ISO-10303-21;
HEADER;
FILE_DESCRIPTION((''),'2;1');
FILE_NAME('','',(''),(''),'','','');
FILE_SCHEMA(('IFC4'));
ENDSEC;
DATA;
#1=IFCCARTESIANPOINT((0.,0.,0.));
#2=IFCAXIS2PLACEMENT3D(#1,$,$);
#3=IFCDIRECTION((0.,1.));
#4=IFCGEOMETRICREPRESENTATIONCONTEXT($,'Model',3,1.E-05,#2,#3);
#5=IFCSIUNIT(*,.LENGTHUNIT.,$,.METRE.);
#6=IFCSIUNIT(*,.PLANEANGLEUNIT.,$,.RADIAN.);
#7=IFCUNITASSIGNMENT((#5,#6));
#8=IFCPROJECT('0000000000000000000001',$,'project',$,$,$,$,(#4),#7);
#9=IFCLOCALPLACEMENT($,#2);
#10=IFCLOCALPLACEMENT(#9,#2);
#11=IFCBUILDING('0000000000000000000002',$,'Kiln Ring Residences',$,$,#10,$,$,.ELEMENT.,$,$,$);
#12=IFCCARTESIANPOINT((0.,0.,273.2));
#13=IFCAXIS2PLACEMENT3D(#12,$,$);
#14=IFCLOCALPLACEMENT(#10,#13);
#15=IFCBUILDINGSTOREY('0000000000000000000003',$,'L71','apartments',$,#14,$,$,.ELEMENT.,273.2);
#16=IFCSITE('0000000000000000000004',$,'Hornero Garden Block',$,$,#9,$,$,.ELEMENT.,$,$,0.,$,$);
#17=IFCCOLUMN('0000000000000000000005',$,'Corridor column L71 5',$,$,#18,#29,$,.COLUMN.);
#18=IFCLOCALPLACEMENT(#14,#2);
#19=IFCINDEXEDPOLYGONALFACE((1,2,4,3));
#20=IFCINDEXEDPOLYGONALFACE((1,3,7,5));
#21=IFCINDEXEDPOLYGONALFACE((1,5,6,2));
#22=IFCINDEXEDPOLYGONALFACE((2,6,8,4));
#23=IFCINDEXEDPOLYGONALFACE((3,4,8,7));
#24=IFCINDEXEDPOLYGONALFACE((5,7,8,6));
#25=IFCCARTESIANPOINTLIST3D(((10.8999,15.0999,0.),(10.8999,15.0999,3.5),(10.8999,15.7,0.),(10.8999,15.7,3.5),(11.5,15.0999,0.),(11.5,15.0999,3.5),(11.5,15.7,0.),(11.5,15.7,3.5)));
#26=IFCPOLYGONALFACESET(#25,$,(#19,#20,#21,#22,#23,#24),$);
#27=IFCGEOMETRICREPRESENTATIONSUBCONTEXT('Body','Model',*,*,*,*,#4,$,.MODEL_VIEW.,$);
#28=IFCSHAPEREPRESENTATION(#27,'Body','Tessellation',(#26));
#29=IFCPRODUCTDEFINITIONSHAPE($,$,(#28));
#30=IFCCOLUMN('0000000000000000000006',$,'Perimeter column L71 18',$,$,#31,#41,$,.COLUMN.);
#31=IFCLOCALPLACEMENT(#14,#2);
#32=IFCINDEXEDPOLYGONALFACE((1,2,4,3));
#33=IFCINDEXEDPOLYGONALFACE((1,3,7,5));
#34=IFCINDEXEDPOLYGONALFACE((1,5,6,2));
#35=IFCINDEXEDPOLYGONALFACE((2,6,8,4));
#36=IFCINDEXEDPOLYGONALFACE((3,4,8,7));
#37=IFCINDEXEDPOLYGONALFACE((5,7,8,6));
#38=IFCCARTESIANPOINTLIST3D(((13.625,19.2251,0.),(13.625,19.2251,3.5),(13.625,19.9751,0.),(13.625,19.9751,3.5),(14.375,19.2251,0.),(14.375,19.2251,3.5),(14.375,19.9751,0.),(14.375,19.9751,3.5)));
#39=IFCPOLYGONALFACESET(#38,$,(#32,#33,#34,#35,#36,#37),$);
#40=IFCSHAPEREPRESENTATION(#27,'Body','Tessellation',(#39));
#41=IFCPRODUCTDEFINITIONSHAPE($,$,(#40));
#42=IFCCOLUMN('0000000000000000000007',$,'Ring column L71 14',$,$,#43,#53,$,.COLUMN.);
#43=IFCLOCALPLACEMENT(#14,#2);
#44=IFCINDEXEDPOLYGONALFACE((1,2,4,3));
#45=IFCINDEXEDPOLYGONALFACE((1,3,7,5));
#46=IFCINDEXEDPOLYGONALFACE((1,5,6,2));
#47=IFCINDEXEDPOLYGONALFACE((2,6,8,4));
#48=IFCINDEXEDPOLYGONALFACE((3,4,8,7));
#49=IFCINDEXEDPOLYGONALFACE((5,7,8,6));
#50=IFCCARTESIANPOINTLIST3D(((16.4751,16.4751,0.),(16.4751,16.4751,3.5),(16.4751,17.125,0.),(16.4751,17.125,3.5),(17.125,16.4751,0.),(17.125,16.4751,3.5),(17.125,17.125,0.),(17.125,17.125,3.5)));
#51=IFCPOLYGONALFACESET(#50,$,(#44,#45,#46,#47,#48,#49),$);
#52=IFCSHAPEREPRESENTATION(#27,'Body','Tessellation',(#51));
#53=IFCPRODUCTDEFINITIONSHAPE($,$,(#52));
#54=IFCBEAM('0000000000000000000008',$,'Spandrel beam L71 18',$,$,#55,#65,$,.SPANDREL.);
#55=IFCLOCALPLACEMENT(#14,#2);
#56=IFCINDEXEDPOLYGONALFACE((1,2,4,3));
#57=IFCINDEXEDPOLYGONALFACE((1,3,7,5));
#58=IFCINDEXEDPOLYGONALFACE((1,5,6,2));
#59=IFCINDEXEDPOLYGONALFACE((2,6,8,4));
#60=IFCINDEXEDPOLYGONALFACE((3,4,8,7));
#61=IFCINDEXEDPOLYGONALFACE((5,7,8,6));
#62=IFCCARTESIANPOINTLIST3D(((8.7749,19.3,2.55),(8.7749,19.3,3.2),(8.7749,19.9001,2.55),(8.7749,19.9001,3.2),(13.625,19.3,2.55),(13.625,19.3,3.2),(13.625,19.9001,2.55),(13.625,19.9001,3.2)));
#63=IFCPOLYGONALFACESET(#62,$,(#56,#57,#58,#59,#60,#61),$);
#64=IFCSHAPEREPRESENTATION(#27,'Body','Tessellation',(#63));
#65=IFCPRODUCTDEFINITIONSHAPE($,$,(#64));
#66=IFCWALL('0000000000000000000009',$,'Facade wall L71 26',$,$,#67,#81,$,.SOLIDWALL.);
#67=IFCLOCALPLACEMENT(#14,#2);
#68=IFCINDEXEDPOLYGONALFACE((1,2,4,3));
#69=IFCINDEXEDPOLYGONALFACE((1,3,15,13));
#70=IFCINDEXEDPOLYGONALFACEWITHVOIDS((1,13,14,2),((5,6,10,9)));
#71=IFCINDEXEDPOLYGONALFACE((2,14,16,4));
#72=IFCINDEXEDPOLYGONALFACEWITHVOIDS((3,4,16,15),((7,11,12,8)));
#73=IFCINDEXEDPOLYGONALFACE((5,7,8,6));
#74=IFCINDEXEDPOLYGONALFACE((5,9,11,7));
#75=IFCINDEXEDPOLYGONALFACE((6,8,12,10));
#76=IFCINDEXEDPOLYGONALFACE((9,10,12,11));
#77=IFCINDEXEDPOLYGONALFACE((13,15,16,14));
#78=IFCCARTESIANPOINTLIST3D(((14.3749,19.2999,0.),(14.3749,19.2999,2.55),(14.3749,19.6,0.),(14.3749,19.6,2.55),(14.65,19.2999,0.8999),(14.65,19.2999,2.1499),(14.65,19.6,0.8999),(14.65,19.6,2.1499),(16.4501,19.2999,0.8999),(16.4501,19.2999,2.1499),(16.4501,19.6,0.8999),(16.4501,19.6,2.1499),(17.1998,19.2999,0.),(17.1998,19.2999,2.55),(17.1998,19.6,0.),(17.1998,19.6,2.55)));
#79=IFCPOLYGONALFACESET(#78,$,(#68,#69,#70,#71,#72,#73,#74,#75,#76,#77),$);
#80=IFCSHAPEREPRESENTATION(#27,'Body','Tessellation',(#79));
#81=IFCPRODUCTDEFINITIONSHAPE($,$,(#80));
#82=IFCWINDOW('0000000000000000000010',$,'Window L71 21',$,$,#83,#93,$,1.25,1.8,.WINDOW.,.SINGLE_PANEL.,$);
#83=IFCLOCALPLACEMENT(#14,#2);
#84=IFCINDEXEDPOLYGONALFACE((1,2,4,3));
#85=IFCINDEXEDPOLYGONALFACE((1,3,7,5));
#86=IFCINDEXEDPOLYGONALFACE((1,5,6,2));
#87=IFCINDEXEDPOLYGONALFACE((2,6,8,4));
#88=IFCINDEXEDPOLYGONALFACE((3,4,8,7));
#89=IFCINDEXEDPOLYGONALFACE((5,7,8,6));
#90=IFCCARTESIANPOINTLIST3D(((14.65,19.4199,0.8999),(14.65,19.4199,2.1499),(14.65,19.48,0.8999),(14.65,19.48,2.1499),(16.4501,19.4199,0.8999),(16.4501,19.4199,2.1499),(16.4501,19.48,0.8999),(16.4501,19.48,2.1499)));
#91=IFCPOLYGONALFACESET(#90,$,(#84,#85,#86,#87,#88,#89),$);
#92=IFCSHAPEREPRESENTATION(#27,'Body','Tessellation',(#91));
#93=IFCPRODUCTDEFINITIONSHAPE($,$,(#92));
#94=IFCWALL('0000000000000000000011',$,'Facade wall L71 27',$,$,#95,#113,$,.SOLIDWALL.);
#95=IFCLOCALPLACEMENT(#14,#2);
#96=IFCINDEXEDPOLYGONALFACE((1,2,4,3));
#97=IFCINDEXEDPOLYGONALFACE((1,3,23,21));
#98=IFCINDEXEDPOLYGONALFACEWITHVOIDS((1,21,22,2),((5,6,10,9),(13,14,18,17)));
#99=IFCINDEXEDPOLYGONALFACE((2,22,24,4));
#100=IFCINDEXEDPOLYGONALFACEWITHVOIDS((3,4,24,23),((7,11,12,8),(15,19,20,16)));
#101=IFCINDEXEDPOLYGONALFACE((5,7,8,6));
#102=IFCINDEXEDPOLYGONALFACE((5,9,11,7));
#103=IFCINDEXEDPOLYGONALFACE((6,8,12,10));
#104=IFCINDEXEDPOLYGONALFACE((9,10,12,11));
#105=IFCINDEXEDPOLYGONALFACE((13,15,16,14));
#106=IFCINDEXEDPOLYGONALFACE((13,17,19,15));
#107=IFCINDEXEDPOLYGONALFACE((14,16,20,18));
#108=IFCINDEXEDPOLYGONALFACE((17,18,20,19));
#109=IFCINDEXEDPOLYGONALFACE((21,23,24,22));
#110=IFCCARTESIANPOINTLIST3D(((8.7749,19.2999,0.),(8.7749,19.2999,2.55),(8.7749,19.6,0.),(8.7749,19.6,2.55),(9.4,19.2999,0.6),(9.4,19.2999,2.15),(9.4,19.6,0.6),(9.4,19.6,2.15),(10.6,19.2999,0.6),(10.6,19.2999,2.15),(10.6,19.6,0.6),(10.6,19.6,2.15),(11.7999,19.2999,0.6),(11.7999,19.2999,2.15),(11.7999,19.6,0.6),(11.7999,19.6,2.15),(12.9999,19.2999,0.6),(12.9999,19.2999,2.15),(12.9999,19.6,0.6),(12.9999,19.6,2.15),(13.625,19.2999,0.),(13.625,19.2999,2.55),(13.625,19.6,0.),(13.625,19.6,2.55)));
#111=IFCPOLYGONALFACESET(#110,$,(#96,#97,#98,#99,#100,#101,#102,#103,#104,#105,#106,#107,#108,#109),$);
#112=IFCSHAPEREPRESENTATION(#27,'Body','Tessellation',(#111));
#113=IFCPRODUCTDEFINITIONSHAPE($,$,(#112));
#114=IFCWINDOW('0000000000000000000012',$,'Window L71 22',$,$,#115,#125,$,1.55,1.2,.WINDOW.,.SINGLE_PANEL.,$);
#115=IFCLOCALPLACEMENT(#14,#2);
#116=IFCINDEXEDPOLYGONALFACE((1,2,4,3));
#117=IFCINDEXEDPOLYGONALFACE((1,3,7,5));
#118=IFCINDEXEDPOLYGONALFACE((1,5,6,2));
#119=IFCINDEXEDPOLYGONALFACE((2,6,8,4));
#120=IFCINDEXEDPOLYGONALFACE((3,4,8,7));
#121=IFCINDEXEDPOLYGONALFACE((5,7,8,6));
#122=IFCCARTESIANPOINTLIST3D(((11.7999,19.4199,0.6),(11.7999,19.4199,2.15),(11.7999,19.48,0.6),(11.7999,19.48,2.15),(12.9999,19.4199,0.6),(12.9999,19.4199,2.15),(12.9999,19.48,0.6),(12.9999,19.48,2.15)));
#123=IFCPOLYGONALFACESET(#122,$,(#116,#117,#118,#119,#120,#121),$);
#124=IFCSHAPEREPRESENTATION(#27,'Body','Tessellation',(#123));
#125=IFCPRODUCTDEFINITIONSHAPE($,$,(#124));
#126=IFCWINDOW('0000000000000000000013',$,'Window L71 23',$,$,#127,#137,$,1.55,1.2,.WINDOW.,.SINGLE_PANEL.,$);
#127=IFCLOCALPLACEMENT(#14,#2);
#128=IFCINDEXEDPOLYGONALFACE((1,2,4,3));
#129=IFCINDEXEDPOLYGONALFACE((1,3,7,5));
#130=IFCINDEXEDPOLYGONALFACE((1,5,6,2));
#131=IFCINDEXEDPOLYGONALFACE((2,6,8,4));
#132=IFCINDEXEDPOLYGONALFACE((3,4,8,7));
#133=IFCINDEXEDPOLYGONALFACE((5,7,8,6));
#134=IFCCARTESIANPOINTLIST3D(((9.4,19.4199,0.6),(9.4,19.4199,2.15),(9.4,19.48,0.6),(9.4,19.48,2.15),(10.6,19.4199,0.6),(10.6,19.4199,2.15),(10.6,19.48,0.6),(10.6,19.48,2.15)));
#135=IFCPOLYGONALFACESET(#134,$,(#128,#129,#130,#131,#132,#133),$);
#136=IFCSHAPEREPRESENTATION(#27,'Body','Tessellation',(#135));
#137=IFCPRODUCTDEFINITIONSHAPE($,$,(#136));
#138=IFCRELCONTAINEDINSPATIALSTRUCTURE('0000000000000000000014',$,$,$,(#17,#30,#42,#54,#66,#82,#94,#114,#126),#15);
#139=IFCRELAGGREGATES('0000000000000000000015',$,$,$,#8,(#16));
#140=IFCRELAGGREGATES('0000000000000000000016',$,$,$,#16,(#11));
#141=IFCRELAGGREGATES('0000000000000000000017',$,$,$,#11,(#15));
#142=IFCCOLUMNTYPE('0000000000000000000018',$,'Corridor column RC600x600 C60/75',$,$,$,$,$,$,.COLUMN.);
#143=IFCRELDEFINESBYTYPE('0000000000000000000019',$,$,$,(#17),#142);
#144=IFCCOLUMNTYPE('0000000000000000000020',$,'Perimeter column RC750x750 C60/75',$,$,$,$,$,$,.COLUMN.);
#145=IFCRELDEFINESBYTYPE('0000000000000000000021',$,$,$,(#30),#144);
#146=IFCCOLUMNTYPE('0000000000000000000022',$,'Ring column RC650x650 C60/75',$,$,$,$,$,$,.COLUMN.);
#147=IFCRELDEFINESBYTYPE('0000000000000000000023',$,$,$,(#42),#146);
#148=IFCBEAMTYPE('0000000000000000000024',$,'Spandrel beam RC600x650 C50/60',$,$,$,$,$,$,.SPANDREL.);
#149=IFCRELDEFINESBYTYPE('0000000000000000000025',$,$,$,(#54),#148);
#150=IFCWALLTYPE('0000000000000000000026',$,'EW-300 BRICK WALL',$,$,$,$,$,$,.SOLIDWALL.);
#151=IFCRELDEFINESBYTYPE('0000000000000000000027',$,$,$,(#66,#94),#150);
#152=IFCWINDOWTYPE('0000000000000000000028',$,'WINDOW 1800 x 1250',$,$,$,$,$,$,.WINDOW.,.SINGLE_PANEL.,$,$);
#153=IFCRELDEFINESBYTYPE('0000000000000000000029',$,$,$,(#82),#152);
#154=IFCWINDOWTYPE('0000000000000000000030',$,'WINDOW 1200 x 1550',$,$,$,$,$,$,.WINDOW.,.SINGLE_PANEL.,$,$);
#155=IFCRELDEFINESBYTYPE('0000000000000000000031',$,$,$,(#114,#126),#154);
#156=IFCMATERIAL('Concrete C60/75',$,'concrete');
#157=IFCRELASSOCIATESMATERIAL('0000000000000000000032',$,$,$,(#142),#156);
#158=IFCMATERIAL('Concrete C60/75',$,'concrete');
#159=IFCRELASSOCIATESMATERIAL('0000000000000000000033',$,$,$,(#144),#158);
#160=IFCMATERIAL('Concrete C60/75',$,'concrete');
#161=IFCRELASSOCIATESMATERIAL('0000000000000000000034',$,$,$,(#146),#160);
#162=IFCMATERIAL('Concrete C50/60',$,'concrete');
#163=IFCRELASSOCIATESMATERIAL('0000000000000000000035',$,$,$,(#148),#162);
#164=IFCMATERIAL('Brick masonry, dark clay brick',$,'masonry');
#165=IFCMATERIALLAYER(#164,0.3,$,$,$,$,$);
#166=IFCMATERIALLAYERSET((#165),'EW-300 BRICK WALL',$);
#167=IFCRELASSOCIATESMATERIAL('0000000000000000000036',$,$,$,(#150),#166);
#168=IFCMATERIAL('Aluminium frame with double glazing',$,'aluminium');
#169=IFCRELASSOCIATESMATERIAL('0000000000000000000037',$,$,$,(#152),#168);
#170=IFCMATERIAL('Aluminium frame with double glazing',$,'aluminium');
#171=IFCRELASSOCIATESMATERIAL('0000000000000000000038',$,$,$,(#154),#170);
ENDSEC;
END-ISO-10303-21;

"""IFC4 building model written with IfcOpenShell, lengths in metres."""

from ifc_helpers import new_model, si_unit, direction, frame, frame_2d, origin, origin_2d, place, context, subcontext, project, spatial, rectangle, extrude, material, layer, layer_set, material_profile, profile_set, type_object, element, fill, save


model = new_model("IFC4")

# Units and contexts
model_context = context("Model", 3, precision=1e-05, world=origin(), true_north=direction((0.0, 1.0)))
body_context = subcontext(model_context, "Body", "Model", "MODEL_VIEW")
ifc_project = project(units=[si_unit("LENGTHUNIT", "METRE"), si_unit("PLANEANGLEUNIT", "RADIAN")], contexts=[model_context])

# Site, building, storey
site_placement = place(None, origin())
site = spatial("IfcSite", under=ifc_project, at=site_placement, Name="Hornero Garden Block", CompositionType="ELEMENT", RefElevation=0.0)
building_placement = place(site_placement, origin())
building = spatial("IfcBuilding", under=site, at=building_placement, Name="Kiln Ring Residences", CompositionType="ELEMENT")
storey_placement = place(building_placement, frame((0.0, 0.0, 273.2)))
storey = spatial("IfcBuildingStorey", under=building, at=storey_placement, Name="L71", Description="apartments", CompositionType="ELEMENT", Elevation=273.2)

# Columns
ifc_material_1 = material(Name="Concrete C60/75", Category="concrete")
ifc_material_profile_1 = material_profile(ifc_material_1, rectangle(XDim=0.6001, YDim=0.6001, at=origin_2d()), Name="RC600x600")
ifc_profile_set_1 = profile_set([ifc_material_profile_1], Name="Concrete C60/75")
column_type_1 = type_object("IfcColumnType", Name="Corridor column RC600x600 C60/75", PredefinedType="COLUMN", material=ifc_profile_set_1)
column_1_placement = place(storey_placement, frame((11.2, 15.3999, 0.0), z_axis=(0.0, 0.0, 1.0), x_axis=(1.0, 0.0, 0.0)))
element("IfcColumn", 1, at=column_1_placement, inside=storey, type_object=column_type_1, Name="Corridor column L71 5", PredefinedType="COLUMN", context=body_context, shape_type="SweptSolid", body=[
    extrude(rectangle(XDim=0.6001, YDim=0.6001, at=origin_2d()), origin(), (0.0, 0.0, 1.0), 3.5),
])
ifc_material_2 = material(Name="Concrete C60/75", Category="concrete")
ifc_material_profile_2 = material_profile(ifc_material_2, rectangle(XDim=0.75, YDim=0.75, at=origin_2d()), Name="RC750x750")
ifc_profile_set_2 = profile_set([ifc_material_profile_2], Name="Concrete C60/75")
column_type_2 = type_object("IfcColumnType", Name="Perimeter column RC750x750 C60/75", PredefinedType="COLUMN", material=ifc_profile_set_2)
column_2_placement = place(storey_placement, frame((14.0, 19.6001, 0.0), z_axis=(0.0, 0.0, 1.0), x_axis=(1.0, 0.0, 0.0)))
element("IfcColumn", 2, at=column_2_placement, inside=storey, type_object=column_type_2, Name="Perimeter column L71 18", PredefinedType="COLUMN", context=body_context, shape_type="SweptSolid", body=[
    extrude(rectangle(XDim=0.75, YDim=0.75, at=origin_2d()), origin(), (0.0, 0.0, 1.0), 3.5),
])
ifc_material_3 = material(Name="Concrete C60/75", Category="concrete")
ifc_material_profile_3 = material_profile(ifc_material_3, rectangle(XDim=0.6499, YDim=0.6499, at=origin_2d()), Name="RC650x650")
ifc_profile_set_3 = profile_set([ifc_material_profile_3], Name="Concrete C60/75")
column_type_3 = type_object("IfcColumnType", Name="Ring column RC650x650 C60/75", PredefinedType="COLUMN", material=ifc_profile_set_3)
column_3_placement = place(storey_placement, frame((16.8, 16.8, 0.0), z_axis=(0.0, 0.0, 1.0), x_axis=(1.0, 0.0, 0.0)))
element("IfcColumn", 3, at=column_3_placement, inside=storey, type_object=column_type_3, Name="Ring column L71 14", PredefinedType="COLUMN", context=body_context, shape_type="SweptSolid", body=[
    extrude(rectangle(XDim=0.6499, YDim=0.6499, at=origin_2d()), origin(), (0.0, 0.0, 1.0), 3.5),
])

# Beam
ifc_material_4 = material(Name="Concrete C50/60", Category="concrete")
ifc_material_profile_4 = material_profile(ifc_material_4, rectangle(XDim=0.6001, YDim=0.6499, at=origin_2d()), Name="RC600x650")
ifc_profile_set_4 = profile_set([ifc_material_profile_4], Name="Concrete C50/60")
beam_type = type_object("IfcBeamType", Name="Spandrel beam RC600x650 C50/60", PredefinedType="SPANDREL", material=ifc_profile_set_4)
beam_placement = place(storey_placement, frame((13.625, 19.6001, 2.875), z_axis=(-1.0, 0.0, 0.0), x_axis=(0.0, -1.0, 0.0)))
element("IfcBeam", 4, at=beam_placement, inside=storey, type_object=beam_type, Name="Spandrel beam L71 18", PredefinedType="SPANDREL", context=body_context, shape_type="SweptSolid", body=[
    extrude(rectangle(XDim=0.6001, YDim=0.6499, at=origin_2d()), origin(), (0.0, 0.0, 1.0), 4.8501),
])

# Wall, opening, window
ifc_material_5 = material(Name="Brick masonry, dark clay brick", Category="masonry")
ifc_layer_1 = layer(ifc_material_5, 0.3)
ifc_layer_set_1 = layer_set([ifc_layer_1], Name="EW-300 BRICK WALL")
wall_type_1 = type_object("IfcWallType", Name="EW-300 BRICK WALL", PredefinedType="SOLIDWALL", material=ifc_layer_set_1)
wall_1_placement = place(storey_placement, frame((17.2, 19.45, 0.0), z_axis=(0.0, 0.0, 1.0), x_axis=(-1.0, 0.0, 0.0)))
wall_1 = element("IfcWall", 5, at=wall_1_placement, inside=storey, type_object=wall_type_1, Name="Facade wall L71 26", PredefinedType="SOLIDWALL", context=body_context, shape_type="SweptSolid", body=[
    extrude(rectangle(XDim=2.825, YDim=0.3, at=frame_2d((1.4126, 0.0))), origin(), (0.0, 0.0, 1.0), 2.55),
])
opening_1_placement = place(wall_1_placement, frame((0.75, 0.0, 0.8999)))
opening_1 = element("IfcOpeningElement", 6, at=opening_1_placement, cuts=wall_1, PredefinedType="OPENING", context=body_context, shape_type="SweptSolid", body=[
    extrude(rectangle(XDim=1.8, YDim=1.25, at=frame_2d((0.8999, 0.625))), frame((0.0, 0.1599, 0.0), z_axis=(0.0, -1.0, 0.0), x_axis=(1.0, 0.0, 0.0)), (0.0, 0.0, 1.0), 0.3201),
])
ifc_material_6 = material(Name="Aluminium frame with double glazing", Category="aluminium")
window_type_1 = type_object("IfcWindowType", Name="WINDOW 1800 x 1250", PartitioningType="SINGLE_PANEL", PredefinedType="WINDOW", material=ifc_material_6)
window_1_placement = place(opening_1_placement, origin())
window_1 = element("IfcWindow", 7, at=window_1_placement, inside=storey, type_object=window_type_1, Name="Window L71 21", OverallHeight=1.25, OverallWidth=1.8, PartitioningType="SINGLE_PANEL", PredefinedType="WINDOW", context=body_context, shape_type="SweptSolid", body=[
    extrude(rectangle(XDim=1.8, YDim=1.25, at=frame_2d((0.8999, 0.625))), frame((0.0, 0.03, 0.0), z_axis=(0.0, -1.0, 0.0), x_axis=(1.0, 0.0, 0.0)), (0.0, 0.0, 1.0), 0.0601),
])
fill(opening_1, window_1)

# Wall, openings, windows
wall_2_placement = place(storey_placement, frame((13.625, 19.45, 0.0), z_axis=(0.0, 0.0, 1.0), x_axis=(-1.0, 0.0, 0.0)))
wall_2 = element("IfcWall", 8, at=wall_2_placement, inside=storey, type_object=wall_type_1, Name="Facade wall L71 27", PredefinedType="SOLIDWALL", context=body_context, shape_type="SweptSolid", body=[
    extrude(rectangle(XDim=4.8501, YDim=0.3, at=frame_2d((2.425, 0.0))), origin(), (0.0, 0.0, 1.0), 2.55),
])
opening_2_placement = place(wall_2_placement, frame((0.625, 0.0, 0.6001)))
opening_2 = element("IfcOpeningElement", 9, at=opening_2_placement, cuts=wall_2, PredefinedType="OPENING", context=body_context, shape_type="SweptSolid", body=[
    extrude(rectangle(XDim=1.2, YDim=1.55, at=frame_2d((0.6001, 0.7749))), frame((0.0, 0.1599, 0.0), z_axis=(0.0, -1.0, 0.0), x_axis=(1.0, 0.0, 0.0)), (0.0, 0.0, 1.0), 0.3201),
])
opening_3_placement = place(wall_2_placement, frame((3.0249, 0.0, 0.6001)))
opening_3 = element("IfcOpeningElement", 10, at=opening_3_placement, cuts=wall_2, PredefinedType="OPENING", context=body_context, shape_type="SweptSolid", body=[
    extrude(rectangle(XDim=1.2, YDim=1.55, at=frame_2d((0.6001, 0.7749))), frame((0.0, 0.1599, 0.0), z_axis=(0.0, -1.0, 0.0), x_axis=(1.0, 0.0, 0.0)), (0.0, 0.0, 1.0), 0.3201),
])
ifc_material_7 = material(Name="Aluminium frame with double glazing", Category="aluminium")
window_type_2 = type_object("IfcWindowType", Name="WINDOW 1200 x 1550", PartitioningType="SINGLE_PANEL", PredefinedType="WINDOW", material=ifc_material_7)
window_2_placement = place(opening_2_placement, origin())
window_2 = element("IfcWindow", 11, at=window_2_placement, inside=storey, type_object=window_type_2, Name="Window L71 22", OverallHeight=1.55, OverallWidth=1.2, PartitioningType="SINGLE_PANEL", PredefinedType="WINDOW", context=body_context, shape_type="SweptSolid", body=[
    extrude(rectangle(XDim=1.2, YDim=1.55, at=frame_2d((0.6001, 0.7749))), frame((0.0, 0.03, 0.0), z_axis=(0.0, -1.0, 0.0), x_axis=(1.0, 0.0, 0.0)), (0.0, 0.0, 1.0), 0.0601),
])
fill(opening_2, window_2)
window_3_placement = place(opening_3_placement, origin())
window_3 = element("IfcWindow", 12, at=window_3_placement, inside=storey, type_object=window_type_2, Name="Window L71 23", OverallHeight=1.55, OverallWidth=1.2, PartitioningType="SINGLE_PANEL", PredefinedType="WINDOW", context=body_context, shape_type="SweptSolid", body=[
    extrude(rectangle(XDim=1.2, YDim=1.55, at=frame_2d((0.6001, 0.7749))), frame((0.0, 0.03, 0.0), z_axis=(0.0, -1.0, 0.0), x_axis=(1.0, 0.0, 0.0)), (0.0, 0.0, 1.0), 0.0601),
])
fill(opening_3, window_3)

save(model, "model.ifc")
